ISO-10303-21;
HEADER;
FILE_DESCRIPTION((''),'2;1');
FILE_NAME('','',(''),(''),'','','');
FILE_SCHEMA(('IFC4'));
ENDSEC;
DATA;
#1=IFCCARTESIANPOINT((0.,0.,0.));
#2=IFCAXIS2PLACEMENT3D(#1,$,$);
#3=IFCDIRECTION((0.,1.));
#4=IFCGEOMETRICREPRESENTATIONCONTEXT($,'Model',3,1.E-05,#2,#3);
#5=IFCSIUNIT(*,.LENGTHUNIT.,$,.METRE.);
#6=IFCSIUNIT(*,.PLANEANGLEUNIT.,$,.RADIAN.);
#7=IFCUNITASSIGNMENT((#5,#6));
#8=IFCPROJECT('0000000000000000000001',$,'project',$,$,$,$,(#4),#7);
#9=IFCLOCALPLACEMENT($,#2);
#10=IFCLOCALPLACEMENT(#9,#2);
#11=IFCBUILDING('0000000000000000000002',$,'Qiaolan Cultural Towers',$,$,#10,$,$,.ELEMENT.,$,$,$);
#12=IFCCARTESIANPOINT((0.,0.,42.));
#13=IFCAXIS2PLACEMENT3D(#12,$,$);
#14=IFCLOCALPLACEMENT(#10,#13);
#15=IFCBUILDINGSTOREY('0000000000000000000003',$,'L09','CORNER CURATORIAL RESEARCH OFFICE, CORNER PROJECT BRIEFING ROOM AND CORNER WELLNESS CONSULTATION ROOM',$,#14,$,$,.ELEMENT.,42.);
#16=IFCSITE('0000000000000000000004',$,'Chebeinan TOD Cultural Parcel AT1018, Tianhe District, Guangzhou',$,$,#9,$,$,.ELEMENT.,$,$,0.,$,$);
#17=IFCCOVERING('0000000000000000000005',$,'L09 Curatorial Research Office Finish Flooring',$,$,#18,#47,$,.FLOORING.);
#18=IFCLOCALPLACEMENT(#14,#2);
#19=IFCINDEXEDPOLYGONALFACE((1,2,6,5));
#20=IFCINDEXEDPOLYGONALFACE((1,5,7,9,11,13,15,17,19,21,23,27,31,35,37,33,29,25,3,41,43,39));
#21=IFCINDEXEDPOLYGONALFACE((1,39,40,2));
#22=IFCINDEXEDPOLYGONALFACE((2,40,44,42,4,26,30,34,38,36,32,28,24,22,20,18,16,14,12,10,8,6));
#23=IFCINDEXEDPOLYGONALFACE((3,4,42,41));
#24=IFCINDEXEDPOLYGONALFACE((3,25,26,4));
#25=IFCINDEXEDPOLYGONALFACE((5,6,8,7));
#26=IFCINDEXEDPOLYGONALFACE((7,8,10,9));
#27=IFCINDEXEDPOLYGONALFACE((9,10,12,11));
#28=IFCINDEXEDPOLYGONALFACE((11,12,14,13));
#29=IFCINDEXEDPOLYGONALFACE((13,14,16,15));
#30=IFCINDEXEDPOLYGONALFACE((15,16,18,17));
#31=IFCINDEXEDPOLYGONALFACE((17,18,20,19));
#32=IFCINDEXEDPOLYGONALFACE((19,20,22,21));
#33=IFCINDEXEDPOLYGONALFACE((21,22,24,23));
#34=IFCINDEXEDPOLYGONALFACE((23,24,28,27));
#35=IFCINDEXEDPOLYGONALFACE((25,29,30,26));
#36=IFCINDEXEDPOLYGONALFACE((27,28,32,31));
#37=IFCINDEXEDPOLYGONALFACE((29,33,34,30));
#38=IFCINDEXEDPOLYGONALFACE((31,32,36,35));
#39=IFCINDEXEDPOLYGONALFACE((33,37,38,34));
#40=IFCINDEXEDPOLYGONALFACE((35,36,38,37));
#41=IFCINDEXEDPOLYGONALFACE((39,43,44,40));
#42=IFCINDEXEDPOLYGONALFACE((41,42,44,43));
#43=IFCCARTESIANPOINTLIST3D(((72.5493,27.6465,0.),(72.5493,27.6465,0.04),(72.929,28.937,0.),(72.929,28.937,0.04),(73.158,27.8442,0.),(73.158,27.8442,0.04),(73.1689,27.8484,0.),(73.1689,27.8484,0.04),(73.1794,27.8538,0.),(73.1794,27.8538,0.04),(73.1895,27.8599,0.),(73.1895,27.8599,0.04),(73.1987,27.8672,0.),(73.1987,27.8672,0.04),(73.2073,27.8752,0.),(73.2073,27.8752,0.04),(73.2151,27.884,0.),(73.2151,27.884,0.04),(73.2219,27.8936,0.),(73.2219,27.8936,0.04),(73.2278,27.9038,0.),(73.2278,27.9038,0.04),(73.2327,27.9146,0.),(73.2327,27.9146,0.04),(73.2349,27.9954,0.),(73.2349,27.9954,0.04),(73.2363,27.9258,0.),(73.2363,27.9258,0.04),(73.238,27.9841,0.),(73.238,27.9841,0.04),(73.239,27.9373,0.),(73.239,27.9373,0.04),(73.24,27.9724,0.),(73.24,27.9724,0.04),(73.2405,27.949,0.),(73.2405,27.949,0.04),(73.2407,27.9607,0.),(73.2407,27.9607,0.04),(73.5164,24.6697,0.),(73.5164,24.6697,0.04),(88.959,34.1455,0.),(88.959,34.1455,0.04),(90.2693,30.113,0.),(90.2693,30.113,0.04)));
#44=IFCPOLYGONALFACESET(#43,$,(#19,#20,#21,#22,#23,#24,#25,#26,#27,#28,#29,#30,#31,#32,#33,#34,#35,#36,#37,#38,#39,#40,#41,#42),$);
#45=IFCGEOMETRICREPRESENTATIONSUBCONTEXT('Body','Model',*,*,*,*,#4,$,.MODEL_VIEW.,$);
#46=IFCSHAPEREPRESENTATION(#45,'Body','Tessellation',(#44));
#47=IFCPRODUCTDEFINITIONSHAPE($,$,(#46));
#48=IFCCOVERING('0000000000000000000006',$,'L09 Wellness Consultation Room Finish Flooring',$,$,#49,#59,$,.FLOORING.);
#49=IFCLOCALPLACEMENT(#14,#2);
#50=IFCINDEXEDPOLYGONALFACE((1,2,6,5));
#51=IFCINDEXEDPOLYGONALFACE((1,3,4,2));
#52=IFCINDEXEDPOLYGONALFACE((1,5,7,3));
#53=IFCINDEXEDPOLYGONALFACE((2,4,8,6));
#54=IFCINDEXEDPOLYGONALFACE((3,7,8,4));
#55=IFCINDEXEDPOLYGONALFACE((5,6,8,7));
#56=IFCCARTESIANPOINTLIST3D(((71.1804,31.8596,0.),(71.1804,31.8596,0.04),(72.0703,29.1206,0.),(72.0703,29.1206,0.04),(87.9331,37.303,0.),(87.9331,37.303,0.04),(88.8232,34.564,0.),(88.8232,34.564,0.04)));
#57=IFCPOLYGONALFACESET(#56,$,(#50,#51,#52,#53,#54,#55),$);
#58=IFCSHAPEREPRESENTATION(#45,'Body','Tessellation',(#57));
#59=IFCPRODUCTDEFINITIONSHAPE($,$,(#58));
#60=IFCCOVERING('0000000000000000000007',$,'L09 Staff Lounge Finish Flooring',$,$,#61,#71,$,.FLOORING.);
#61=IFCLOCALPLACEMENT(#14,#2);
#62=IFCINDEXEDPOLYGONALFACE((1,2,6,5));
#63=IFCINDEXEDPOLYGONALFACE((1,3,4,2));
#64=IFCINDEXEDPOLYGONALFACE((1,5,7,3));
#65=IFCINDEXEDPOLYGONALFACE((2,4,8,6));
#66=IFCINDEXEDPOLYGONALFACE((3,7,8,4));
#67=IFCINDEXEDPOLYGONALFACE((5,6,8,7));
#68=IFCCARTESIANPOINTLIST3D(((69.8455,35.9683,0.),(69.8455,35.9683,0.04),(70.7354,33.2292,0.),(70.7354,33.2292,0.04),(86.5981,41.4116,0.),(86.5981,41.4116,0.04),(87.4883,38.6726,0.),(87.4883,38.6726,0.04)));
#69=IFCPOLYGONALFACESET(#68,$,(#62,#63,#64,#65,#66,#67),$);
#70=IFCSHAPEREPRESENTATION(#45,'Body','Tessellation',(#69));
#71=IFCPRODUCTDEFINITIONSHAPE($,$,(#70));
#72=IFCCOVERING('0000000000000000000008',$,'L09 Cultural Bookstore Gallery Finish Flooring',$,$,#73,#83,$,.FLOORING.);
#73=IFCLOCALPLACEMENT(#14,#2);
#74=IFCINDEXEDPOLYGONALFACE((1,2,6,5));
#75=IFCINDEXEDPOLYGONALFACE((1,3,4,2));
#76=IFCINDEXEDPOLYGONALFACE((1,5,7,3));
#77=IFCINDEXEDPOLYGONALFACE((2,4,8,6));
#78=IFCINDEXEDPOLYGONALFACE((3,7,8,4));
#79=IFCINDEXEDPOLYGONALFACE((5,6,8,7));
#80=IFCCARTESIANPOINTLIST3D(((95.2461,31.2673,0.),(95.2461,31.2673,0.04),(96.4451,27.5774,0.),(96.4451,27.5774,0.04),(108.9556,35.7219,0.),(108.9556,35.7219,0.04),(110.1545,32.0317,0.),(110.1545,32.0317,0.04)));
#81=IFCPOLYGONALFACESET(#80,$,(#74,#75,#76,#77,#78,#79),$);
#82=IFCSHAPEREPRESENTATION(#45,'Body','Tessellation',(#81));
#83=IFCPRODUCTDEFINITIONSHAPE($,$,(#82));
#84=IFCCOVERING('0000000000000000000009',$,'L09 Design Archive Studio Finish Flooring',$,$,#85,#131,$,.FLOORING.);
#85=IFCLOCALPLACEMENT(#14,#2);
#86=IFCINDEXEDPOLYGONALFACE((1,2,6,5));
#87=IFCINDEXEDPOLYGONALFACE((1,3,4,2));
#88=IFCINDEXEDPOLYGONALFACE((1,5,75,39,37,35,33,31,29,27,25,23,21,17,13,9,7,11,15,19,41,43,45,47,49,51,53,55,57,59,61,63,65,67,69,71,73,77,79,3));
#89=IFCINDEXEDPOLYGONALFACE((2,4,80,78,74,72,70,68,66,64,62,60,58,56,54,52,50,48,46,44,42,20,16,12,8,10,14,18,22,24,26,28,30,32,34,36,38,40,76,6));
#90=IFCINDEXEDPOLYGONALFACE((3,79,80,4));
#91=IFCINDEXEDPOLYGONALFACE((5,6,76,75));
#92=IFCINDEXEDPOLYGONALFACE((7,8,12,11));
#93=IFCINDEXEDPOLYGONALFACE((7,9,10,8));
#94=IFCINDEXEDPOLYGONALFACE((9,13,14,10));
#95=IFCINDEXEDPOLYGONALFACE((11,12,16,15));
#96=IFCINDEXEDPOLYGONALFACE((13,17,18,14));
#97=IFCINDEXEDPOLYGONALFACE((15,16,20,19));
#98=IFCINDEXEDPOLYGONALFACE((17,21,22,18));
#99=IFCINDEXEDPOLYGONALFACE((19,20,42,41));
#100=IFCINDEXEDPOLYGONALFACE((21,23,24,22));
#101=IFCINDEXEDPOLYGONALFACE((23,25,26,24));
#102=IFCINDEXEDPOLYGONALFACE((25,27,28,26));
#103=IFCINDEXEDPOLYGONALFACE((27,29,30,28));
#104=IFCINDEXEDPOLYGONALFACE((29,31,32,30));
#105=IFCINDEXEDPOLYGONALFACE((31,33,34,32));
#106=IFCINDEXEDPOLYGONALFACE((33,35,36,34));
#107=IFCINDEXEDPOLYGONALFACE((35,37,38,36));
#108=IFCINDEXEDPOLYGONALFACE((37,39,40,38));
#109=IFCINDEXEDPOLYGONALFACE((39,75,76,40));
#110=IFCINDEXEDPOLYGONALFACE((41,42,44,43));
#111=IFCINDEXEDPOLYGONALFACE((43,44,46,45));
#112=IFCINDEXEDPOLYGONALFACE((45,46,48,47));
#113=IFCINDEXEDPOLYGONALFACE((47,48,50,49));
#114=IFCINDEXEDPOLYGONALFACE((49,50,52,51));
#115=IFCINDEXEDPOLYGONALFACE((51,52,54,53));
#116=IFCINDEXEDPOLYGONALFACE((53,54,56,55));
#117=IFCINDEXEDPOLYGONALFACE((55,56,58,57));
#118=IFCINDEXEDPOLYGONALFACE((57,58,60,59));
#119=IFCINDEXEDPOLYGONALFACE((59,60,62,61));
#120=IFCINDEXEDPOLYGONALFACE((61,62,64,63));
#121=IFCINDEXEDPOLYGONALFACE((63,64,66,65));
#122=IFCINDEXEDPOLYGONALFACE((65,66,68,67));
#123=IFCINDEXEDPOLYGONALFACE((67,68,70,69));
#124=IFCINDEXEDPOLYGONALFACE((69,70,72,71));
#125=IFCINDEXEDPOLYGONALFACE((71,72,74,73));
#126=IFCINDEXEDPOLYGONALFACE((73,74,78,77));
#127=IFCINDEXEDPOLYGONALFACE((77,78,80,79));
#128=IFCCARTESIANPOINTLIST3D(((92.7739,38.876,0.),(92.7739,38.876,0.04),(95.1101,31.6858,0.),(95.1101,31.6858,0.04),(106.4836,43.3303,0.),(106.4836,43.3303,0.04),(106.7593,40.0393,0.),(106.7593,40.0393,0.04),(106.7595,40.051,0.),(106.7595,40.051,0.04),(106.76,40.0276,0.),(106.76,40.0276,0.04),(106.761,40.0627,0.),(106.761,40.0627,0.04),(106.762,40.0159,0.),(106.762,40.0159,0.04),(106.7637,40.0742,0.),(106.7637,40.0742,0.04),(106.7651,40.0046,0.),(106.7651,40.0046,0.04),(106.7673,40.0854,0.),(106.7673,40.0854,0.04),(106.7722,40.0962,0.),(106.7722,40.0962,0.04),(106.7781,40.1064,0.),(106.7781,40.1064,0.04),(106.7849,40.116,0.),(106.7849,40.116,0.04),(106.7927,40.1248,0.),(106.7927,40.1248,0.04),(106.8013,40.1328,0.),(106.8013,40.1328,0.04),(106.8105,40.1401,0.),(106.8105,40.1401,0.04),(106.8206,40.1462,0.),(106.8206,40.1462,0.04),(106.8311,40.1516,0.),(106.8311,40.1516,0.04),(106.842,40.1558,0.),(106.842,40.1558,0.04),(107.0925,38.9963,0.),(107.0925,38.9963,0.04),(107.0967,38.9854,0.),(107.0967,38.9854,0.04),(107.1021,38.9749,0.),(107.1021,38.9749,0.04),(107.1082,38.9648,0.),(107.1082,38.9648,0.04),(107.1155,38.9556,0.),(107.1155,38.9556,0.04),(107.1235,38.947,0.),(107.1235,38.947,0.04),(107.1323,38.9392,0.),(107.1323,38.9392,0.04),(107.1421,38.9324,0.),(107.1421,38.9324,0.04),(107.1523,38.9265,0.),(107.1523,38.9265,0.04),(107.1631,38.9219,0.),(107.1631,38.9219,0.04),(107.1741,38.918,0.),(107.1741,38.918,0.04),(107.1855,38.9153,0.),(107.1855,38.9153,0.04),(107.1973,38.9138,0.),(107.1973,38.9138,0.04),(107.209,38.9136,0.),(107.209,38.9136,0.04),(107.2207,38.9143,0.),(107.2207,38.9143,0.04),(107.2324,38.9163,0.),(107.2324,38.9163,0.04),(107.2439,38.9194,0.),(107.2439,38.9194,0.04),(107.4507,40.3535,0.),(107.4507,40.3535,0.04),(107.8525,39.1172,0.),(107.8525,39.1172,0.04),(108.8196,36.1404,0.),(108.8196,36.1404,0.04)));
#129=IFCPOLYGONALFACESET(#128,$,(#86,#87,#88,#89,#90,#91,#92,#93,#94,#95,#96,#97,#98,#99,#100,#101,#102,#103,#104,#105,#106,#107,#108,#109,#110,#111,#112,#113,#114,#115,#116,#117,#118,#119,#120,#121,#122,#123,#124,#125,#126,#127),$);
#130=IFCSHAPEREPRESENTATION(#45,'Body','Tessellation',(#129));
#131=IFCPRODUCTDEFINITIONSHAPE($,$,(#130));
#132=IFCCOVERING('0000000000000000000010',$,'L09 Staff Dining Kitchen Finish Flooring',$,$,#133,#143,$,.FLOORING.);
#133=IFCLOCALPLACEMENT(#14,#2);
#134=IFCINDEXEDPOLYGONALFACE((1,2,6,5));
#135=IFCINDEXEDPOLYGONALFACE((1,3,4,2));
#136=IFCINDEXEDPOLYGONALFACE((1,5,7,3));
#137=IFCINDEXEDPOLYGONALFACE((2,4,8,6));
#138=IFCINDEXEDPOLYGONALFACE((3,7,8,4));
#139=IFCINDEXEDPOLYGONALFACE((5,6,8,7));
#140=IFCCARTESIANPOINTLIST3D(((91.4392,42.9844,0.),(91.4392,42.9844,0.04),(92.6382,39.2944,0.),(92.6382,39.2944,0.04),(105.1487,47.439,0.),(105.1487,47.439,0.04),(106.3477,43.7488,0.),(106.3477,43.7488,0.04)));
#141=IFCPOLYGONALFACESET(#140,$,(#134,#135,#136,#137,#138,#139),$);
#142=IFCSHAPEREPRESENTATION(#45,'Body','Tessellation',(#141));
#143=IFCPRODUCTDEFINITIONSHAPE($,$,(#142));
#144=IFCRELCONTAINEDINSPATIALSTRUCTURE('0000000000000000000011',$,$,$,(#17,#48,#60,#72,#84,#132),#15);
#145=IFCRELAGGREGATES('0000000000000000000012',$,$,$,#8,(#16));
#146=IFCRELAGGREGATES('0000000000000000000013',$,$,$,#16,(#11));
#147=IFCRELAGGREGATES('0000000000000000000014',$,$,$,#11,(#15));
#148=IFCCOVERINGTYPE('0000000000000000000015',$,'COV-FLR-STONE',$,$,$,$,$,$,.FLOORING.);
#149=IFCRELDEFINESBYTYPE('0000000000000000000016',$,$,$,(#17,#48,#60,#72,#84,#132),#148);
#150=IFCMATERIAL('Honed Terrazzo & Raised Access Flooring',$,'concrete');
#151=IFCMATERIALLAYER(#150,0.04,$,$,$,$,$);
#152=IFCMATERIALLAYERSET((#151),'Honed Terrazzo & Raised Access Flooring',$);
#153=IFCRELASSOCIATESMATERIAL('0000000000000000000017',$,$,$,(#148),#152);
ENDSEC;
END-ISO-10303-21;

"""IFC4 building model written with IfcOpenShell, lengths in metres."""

from ifc_helpers import new_model, si_unit, direction, frame, origin, place, context, subcontext, project, spatial, polyline, outline, extrude, material, layer, layer_set, type_object, element, save


model = new_model("IFC4")

# Units and contexts
model_context = context("Model", 3, precision=1e-05, world=origin(), true_north=direction((0.0, 1.0)))
body_context = subcontext(model_context, "Body", "Model", "MODEL_VIEW")
ifc_project = project(units=[si_unit("LENGTHUNIT", "METRE"), si_unit("PLANEANGLEUNIT", "RADIAN")], contexts=[model_context])

# Site, building, storey
site_placement = place(None, origin())
site = spatial("IfcSite", under=ifc_project, at=site_placement, Name="Chebeinan TOD Cultural Parcel AT1018, Tianhe District, Guangzhou", CompositionType="ELEMENT", RefElevation=0.0)
building_placement = place(site_placement, origin())
building = spatial("IfcBuilding", under=site, at=building_placement, Name="Qiaolan Cultural Towers", CompositionType="ELEMENT")
storey_placement = place(building_placement, frame((0.0, 0.0, 42.0)))
storey = spatial("IfcBuildingStorey", under=building, at=storey_placement, Name="L09", Description="CORNER CURATORIAL RESEARCH OFFICE, CORNER PROJECT BRIEFING ROOM AND CORNER WELLNESS CONSULTATION ROOM", CompositionType="ELEMENT", Elevation=42.0)

# Coverings
ifc_material_1 = material(Name="Honed Terrazzo & Raised Access Flooring", Category="concrete")
ifc_layer_1 = layer(ifc_material_1, 0.04)
ifc_layer_set_1 = layer_set([ifc_layer_1], Name="Honed Terrazzo & Raised Access Flooring")
covering_type = type_object("IfcCoveringType", Name="COV-FLR-STONE", PredefinedType="FLOORING", material=ifc_layer_set_1)
covering_1_placement = place(storey_placement, origin())
element("IfcCovering", 1, at=covering_1_placement, inside=storey, type_object=covering_type, Name="L09 Curatorial Research Office Finish Flooring", PredefinedType="FLOORING", context=body_context, shape_type="SweptSolid", body=[
    extrude(outline(polyline([(73.2349, 27.9954), (73.238, 27.9841), (73.24, 27.9724), (73.2407, 27.9607), (73.2405, 27.949), (73.239, 27.9373), (73.2363, 27.9258), (73.2327, 27.9146), (73.2278, 27.9038), (73.2219, 27.8936), (73.2151, 27.884), (73.2073, 27.8752), (73.1987, 27.8672), (73.1895, 27.8599), (73.1794, 27.8538), (73.1689, 27.8484), (73.158, 27.8442), (72.5493, 27.6465), (73.5164, 24.6697), (90.2693, 30.113), (88.959, 34.1455), (72.929, 28.937), (73.2349, 27.9954)])), origin(), (0.0, 0.0, 1.0), 0.04),
])
covering_2_placement = place(storey_placement, origin())
element("IfcCovering", 2, at=covering_2_placement, inside=storey, type_object=covering_type, Name="L09 Wellness Consultation Room Finish Flooring", PredefinedType="FLOORING", context=body_context, shape_type="SweptSolid", body=[
    extrude(outline(polyline([(88.8232, 34.564), (87.9331, 37.303), (71.1804, 31.8596), (72.0703, 29.1206), (88.8232, 34.564)])), origin(), (0.0, 0.0, 1.0), 0.04),
])
covering_3_placement = place(storey_placement, origin())
element("IfcCovering", 3, at=covering_3_placement, inside=storey, type_object=covering_type, Name="L09 Staff Lounge Finish Flooring", PredefinedType="FLOORING", context=body_context, shape_type="SweptSolid", body=[
    extrude(outline(polyline([(87.4883, 38.6726), (86.5981, 41.4116), (69.8455, 35.9683), (70.7354, 33.2292), (87.4883, 38.6726)])), origin(), (0.0, 0.0, 1.0), 0.04),
])
covering_4_placement = place(storey_placement, origin())
element("IfcCovering", 4, at=covering_4_placement, inside=storey, type_object=covering_type, Name="L09 Cultural Bookstore Gallery Finish Flooring", PredefinedType="FLOORING", context=body_context, shape_type="SweptSolid", body=[
    extrude(outline(polyline([(110.1545, 32.0317), (108.9556, 35.7219), (95.2461, 31.2673), (96.4451, 27.5774), (110.1545, 32.0317)])), origin(), (0.0, 0.0, 1.0), 0.04),
])
covering_5_placement = place(storey_placement, origin())
element("IfcCovering", 5, at=covering_5_placement, inside=storey, type_object=covering_type, Name="L09 Design Archive Studio Finish Flooring", PredefinedType="FLOORING", context=body_context, shape_type="SweptSolid", body=[
    extrude(outline(polyline([(107.8525, 39.1172), (107.2439, 38.9194), (107.2324, 38.9163), (107.2207, 38.9143), (107.209, 38.9136), (107.1973, 38.9138), (107.1855, 38.9153), (107.1741, 38.918), (107.1631, 38.9219), (107.1523, 38.9265), (107.1421, 38.9324), (107.1323, 38.9392), (107.1235, 38.947), (107.1155, 38.9556), (107.1082, 38.9648), (107.1021, 38.9749), (107.0967, 38.9854), (107.0925, 38.9963), (106.7651, 40.0046), (106.762, 40.0159), (106.76, 40.0276), (106.7593, 40.0393), (106.7595, 40.051), (106.761, 40.0627), (106.7637, 40.0742), (106.7673, 40.0854), (106.7722, 40.0962), (106.7781, 40.1064), (106.7849, 40.116), (106.7927, 40.1248), (106.8013, 40.1328), (106.8105, 40.1401), (106.8206, 40.1462), (106.8311, 40.1516), (106.842, 40.1558), (107.4507, 40.3535), (106.4836, 43.3303), (92.7739, 38.876), (95.1101, 31.6858), (108.8196, 36.1404), (107.8525, 39.1172)])), origin(), (0.0, 0.0, 1.0), 0.04),
])
covering_6_placement = place(storey_placement, origin())
element("IfcCovering", 6, at=covering_6_placement, inside=storey, type_object=covering_type, Name="L09 Staff Dining Kitchen Finish Flooring", PredefinedType="FLOORING", context=body_context, shape_type="SweptSolid", body=[
    extrude(outline(polyline([(106.3477, 43.7488), (105.1487, 47.439), (91.4392, 42.9844), (92.6382, 39.2944), (106.3477, 43.7488)])), origin(), (0.0, 0.0, 1.0), 0.04),
])

save(model, "model.ifc")
